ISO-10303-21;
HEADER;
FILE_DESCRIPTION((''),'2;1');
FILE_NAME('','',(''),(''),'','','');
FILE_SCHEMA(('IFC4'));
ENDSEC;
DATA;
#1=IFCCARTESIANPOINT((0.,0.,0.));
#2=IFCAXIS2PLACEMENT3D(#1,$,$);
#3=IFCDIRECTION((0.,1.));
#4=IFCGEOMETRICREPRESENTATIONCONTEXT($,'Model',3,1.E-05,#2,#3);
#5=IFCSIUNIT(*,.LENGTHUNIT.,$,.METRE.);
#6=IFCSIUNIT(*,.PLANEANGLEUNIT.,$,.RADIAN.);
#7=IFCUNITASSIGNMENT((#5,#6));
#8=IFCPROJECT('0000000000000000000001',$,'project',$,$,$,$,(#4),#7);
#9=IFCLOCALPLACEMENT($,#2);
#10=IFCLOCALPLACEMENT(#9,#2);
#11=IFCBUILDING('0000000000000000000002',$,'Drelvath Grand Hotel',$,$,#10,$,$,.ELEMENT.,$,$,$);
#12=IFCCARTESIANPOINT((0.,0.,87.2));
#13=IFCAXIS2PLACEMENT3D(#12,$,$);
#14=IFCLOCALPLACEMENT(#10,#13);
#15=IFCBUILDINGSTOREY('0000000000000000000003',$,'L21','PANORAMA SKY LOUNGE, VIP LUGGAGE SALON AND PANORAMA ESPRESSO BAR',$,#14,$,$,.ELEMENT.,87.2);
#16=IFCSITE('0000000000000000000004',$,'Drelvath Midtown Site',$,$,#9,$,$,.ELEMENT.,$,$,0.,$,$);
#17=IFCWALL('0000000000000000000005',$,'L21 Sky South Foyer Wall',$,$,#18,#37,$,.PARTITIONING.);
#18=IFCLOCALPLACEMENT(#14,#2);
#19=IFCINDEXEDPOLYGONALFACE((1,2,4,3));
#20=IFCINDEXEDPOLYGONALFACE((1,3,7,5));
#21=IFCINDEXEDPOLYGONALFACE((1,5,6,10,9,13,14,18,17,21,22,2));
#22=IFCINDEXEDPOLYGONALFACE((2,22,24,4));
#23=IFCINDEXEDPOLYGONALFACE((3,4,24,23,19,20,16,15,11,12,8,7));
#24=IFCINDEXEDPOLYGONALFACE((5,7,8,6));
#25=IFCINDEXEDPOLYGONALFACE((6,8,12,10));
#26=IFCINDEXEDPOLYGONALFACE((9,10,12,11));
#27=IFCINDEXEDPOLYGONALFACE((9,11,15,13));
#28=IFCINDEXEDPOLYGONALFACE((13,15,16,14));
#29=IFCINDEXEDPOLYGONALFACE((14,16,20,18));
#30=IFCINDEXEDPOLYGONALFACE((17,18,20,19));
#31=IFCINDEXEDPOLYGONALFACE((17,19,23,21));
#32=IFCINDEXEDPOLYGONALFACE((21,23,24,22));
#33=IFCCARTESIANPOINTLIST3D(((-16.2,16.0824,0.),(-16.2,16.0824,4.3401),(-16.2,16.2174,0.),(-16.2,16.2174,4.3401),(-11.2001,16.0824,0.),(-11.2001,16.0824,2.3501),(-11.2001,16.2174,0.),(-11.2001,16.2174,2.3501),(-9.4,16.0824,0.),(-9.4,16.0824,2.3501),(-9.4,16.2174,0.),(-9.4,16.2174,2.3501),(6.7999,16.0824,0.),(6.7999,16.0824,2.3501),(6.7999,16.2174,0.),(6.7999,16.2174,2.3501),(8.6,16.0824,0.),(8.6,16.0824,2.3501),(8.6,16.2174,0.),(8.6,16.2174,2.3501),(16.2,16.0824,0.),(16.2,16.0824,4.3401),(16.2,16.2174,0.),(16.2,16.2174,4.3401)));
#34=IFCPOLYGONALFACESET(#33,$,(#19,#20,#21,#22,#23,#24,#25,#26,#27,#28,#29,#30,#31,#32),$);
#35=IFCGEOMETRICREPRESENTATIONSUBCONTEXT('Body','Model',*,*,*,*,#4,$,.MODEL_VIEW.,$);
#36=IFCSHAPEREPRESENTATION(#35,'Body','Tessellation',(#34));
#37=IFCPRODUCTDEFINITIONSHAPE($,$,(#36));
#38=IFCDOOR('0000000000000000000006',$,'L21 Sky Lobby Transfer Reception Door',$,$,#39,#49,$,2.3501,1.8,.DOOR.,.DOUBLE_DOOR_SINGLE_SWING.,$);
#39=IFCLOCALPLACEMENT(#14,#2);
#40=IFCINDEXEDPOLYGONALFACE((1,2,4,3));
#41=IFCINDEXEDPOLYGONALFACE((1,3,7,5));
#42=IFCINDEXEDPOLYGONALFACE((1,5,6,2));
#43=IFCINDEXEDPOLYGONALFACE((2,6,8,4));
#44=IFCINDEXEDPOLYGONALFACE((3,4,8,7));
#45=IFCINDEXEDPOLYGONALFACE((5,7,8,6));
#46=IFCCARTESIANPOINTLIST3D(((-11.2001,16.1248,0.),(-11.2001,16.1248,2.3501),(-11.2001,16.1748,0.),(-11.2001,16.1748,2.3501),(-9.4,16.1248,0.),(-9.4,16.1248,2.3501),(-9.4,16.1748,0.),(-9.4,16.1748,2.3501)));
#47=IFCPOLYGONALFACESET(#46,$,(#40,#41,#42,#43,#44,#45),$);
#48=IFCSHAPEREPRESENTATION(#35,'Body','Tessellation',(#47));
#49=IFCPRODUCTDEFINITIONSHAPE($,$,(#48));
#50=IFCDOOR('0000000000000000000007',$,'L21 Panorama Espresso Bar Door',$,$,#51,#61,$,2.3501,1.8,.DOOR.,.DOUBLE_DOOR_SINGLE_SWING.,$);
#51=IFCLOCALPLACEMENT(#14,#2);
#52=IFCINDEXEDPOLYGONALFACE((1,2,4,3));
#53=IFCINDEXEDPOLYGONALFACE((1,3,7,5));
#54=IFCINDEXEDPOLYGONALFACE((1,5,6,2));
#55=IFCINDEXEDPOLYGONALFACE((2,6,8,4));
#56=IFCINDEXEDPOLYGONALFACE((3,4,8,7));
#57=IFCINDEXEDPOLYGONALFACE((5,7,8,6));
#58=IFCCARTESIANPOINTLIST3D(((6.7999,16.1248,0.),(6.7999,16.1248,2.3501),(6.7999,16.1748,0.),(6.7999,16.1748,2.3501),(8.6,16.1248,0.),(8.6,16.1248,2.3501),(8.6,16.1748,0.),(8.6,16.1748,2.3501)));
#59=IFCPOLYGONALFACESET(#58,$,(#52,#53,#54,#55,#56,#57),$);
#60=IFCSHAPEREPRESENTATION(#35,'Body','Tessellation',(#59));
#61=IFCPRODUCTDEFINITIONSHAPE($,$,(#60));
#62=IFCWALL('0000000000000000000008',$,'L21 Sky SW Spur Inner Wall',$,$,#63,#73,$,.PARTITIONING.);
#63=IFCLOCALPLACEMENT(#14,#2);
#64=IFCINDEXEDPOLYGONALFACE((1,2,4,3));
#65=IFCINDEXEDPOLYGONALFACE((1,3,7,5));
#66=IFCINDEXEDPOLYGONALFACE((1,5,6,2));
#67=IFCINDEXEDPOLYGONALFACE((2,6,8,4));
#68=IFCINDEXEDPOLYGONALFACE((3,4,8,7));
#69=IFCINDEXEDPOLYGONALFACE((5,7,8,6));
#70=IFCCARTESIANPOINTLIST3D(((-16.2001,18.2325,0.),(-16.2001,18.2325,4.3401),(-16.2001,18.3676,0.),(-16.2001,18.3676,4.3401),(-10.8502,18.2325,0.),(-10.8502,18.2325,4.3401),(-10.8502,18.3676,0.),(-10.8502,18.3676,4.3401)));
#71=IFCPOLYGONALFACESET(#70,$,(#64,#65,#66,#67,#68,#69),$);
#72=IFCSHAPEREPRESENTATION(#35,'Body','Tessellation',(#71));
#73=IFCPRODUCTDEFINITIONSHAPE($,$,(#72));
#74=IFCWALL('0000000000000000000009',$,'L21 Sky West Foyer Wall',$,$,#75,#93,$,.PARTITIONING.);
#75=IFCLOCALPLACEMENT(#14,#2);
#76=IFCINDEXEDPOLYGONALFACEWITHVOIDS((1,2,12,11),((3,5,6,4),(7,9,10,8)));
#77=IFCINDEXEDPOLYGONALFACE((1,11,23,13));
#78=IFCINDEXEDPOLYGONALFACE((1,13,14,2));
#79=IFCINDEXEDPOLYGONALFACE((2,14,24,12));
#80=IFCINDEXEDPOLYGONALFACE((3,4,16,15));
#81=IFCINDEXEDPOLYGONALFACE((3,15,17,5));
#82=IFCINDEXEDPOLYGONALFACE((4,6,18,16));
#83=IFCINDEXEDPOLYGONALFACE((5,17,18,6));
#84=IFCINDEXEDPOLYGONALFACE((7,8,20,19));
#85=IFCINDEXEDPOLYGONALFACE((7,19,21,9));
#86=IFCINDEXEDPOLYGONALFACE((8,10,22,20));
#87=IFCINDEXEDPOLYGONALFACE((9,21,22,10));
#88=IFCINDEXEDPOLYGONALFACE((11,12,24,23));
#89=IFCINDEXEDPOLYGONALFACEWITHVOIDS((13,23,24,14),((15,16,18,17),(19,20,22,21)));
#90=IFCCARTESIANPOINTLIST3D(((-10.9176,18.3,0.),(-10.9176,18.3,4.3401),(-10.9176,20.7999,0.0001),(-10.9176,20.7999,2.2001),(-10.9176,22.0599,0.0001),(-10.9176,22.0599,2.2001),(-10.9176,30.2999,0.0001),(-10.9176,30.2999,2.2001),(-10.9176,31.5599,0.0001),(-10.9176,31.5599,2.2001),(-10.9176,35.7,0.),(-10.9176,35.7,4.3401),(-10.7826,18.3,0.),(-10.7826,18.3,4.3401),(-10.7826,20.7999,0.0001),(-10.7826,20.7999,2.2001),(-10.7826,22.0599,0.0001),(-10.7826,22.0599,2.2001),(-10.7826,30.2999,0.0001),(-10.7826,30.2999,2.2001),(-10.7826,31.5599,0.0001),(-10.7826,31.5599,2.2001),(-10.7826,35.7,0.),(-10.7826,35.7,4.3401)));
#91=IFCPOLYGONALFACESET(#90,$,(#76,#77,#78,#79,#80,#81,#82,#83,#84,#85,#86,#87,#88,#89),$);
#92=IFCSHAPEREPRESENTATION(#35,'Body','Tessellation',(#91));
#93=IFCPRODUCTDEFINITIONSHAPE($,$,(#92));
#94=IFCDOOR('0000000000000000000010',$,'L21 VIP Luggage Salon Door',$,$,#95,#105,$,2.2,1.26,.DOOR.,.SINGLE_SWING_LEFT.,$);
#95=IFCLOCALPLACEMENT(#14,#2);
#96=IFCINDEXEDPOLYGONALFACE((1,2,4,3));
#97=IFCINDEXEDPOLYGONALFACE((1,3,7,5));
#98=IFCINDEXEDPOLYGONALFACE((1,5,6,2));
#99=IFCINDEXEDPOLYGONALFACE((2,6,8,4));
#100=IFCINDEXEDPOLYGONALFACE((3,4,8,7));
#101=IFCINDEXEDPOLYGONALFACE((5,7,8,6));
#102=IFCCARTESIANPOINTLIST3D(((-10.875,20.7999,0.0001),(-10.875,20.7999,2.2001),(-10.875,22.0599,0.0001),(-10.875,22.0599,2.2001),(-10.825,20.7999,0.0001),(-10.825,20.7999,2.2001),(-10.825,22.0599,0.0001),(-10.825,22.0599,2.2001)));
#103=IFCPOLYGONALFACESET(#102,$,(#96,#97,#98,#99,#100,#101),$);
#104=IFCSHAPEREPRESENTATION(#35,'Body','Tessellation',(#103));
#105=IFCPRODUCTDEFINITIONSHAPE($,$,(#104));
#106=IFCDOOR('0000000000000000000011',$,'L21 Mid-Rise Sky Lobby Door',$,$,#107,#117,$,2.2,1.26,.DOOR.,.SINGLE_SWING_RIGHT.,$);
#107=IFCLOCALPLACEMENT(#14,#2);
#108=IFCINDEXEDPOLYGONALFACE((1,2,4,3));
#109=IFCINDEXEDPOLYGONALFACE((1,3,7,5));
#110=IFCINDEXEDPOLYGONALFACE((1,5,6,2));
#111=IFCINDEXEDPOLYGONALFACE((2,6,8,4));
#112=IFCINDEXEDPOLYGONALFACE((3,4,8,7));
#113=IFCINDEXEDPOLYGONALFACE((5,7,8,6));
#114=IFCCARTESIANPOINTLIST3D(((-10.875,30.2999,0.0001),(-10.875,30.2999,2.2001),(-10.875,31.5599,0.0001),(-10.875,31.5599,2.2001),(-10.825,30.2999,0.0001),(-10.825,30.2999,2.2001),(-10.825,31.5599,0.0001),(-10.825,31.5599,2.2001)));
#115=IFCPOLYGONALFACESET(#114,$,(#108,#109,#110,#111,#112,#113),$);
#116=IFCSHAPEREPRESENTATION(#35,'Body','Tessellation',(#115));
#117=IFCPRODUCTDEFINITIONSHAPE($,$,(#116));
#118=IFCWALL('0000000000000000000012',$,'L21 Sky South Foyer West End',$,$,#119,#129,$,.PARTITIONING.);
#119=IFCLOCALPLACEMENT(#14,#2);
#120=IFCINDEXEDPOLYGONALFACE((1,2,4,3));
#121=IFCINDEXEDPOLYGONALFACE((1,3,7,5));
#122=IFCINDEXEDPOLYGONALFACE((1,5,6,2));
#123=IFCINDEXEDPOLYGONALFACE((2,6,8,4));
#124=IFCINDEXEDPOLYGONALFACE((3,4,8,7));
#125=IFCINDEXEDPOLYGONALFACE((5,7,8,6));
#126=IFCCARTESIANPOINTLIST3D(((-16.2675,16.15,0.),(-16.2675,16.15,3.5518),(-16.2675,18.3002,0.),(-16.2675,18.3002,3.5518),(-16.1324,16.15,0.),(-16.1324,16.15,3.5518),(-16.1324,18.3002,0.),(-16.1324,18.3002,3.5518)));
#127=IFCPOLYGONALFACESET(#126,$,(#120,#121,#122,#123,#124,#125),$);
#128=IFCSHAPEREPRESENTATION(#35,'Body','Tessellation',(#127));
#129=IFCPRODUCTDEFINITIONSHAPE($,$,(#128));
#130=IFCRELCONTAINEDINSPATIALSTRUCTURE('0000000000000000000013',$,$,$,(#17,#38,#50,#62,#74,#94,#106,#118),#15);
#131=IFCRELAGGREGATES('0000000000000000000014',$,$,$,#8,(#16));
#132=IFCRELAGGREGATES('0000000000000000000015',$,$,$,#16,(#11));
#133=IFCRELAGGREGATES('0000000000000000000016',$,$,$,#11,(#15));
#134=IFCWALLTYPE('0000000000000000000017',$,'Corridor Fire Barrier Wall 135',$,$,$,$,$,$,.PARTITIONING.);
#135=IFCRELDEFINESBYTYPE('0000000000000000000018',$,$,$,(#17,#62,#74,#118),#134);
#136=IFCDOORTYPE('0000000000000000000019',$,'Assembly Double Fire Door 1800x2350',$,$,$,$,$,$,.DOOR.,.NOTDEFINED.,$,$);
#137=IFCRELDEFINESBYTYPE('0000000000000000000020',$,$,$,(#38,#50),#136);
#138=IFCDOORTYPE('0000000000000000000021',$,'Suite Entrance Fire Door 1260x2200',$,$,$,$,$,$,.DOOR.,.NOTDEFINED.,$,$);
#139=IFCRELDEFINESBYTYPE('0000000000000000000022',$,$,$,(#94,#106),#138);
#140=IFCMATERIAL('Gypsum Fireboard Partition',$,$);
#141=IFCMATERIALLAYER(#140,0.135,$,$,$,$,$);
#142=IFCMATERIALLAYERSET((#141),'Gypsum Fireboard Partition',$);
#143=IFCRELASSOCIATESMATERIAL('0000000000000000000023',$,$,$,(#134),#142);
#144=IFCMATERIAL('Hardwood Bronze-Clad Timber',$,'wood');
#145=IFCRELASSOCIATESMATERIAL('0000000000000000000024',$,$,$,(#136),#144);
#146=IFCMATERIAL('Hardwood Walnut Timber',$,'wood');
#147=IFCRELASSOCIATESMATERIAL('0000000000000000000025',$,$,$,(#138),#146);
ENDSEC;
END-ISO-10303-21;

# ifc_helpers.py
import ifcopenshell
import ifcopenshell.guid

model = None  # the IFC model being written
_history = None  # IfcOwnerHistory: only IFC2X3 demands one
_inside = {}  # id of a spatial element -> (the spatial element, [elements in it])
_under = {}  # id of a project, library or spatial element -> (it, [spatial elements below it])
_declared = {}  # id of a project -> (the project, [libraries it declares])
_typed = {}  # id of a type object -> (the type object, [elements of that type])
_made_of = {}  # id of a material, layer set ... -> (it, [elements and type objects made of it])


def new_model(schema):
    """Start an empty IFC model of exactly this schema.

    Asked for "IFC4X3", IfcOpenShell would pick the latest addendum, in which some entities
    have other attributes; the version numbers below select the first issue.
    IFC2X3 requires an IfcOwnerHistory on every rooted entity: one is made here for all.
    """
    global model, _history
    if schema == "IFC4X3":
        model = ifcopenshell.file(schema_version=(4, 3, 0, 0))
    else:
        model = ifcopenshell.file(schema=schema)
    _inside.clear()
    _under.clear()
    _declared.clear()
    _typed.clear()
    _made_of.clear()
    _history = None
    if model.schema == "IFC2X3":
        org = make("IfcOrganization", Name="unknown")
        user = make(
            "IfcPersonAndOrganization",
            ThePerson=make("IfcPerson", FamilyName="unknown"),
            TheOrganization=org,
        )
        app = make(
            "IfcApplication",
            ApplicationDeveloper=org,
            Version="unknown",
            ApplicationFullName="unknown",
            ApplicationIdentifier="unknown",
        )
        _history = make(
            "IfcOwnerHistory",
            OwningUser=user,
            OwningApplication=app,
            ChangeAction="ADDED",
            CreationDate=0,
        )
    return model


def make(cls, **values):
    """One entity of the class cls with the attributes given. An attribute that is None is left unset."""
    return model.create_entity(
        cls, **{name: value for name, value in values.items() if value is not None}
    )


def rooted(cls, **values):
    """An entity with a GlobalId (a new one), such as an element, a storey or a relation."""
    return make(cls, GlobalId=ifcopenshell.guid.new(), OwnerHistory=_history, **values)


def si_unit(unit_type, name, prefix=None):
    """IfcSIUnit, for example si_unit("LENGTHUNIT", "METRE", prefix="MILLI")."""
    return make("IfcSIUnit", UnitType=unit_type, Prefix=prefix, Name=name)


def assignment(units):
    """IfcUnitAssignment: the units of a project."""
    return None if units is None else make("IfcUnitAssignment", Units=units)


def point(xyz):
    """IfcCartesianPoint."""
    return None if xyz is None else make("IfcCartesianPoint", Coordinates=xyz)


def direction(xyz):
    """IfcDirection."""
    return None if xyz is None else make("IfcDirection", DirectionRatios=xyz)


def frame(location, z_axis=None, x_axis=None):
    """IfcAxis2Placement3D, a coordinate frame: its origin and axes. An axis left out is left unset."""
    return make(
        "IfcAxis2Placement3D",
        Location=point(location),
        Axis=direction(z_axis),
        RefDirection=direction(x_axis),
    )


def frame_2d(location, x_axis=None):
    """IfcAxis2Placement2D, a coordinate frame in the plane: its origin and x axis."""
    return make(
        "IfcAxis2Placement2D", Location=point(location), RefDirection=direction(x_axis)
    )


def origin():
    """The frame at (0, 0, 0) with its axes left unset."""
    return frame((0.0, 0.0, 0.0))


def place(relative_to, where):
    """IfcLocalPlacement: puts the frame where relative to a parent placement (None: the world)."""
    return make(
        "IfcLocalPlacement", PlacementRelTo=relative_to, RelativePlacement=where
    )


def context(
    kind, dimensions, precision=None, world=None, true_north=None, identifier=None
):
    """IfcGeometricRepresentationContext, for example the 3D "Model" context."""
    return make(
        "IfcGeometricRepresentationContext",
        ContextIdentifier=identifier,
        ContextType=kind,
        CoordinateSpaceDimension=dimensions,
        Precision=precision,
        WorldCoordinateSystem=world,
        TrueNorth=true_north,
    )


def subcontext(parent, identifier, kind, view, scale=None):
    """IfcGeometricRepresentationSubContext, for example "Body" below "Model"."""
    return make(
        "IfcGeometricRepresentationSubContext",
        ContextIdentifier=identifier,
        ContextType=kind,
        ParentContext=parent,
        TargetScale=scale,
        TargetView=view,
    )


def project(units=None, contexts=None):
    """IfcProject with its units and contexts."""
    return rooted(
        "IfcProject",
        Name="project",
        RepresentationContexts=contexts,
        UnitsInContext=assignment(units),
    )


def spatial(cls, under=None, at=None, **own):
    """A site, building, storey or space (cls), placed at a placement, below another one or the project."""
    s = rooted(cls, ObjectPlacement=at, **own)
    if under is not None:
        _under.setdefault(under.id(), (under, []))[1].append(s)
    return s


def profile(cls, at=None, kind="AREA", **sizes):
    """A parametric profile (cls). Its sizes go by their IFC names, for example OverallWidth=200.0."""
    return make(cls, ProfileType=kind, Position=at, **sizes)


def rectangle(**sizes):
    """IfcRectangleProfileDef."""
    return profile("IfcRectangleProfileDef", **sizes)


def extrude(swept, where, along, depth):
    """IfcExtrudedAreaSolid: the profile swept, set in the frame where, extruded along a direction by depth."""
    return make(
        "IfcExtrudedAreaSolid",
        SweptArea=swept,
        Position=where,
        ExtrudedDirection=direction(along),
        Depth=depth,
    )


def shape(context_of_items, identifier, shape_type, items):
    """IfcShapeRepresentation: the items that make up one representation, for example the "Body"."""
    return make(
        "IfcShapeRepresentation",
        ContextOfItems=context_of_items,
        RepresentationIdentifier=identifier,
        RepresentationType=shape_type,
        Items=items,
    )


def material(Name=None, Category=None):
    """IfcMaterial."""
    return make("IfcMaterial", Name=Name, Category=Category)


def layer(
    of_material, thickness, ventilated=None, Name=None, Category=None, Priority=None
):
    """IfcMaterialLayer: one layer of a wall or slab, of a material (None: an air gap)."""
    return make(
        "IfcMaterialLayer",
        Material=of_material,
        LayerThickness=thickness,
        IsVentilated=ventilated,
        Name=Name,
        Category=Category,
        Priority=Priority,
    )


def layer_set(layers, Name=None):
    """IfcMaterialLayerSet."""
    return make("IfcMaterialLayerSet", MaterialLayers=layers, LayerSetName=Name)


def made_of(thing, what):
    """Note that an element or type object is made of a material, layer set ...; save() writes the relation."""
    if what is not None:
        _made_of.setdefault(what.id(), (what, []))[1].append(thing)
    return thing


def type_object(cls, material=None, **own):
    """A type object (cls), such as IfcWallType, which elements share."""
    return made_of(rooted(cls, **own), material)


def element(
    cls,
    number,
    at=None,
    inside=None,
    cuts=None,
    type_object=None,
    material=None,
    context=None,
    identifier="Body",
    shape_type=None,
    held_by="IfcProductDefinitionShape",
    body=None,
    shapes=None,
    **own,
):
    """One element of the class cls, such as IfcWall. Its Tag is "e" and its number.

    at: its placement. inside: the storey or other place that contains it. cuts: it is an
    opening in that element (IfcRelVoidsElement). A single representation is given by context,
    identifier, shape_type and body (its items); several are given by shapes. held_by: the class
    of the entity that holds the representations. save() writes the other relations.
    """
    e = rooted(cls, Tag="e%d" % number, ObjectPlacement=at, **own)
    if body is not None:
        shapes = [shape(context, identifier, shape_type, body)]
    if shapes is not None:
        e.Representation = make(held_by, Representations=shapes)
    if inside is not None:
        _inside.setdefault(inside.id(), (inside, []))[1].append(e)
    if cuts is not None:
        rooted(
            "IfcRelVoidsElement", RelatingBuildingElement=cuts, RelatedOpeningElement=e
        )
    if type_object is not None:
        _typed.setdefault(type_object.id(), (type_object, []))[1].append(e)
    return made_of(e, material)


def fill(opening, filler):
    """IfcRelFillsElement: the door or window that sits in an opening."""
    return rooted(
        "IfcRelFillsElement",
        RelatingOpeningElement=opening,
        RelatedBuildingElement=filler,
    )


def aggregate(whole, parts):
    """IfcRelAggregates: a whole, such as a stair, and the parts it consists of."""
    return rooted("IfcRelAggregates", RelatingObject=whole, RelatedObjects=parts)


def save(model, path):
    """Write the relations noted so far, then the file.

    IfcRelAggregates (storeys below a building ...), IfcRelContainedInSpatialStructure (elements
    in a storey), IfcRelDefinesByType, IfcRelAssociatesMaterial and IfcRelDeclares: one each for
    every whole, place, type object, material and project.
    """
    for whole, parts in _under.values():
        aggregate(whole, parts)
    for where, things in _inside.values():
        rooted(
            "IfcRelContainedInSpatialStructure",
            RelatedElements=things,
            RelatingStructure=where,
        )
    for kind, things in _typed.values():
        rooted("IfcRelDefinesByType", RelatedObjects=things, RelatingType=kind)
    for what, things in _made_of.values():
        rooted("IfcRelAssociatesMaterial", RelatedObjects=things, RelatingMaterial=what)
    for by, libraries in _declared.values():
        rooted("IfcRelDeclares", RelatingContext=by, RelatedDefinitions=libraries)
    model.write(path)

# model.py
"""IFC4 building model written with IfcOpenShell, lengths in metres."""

from ifc_helpers import new_model, si_unit, direction, frame, frame_2d, origin, place, context, subcontext, project, spatial, rectangle, extrude, material, layer, layer_set, type_object, element, fill, save


model = new_model("IFC4")

# Units and contexts
model_context = context("Model", 3, precision=1e-05, world=origin(), true_north=direction((0.0, 1.0)))
body_context = subcontext(model_context, "Body", "Model", "MODEL_VIEW")
ifc_project = project(units=[si_unit("LENGTHUNIT", "METRE"), si_unit("PLANEANGLEUNIT", "RADIAN")], contexts=[model_context])

# Site, building, storey
site_placement = place(None, origin())
site = spatial("IfcSite", under=ifc_project, at=site_placement, Name="Drelvath Midtown Site", CompositionType="ELEMENT", RefElevation=0.0)
building_placement = place(site_placement, origin())
building = spatial("IfcBuilding", under=site, at=building_placement, Name="Drelvath Grand Hotel", CompositionType="ELEMENT")
storey_placement = place(building_placement, frame((0.0, 0.0, 87.2)))
storey = spatial("IfcBuildingStorey", under=building, at=storey_placement, Name="L21", Description="PANORAMA SKY LOUNGE, VIP LUGGAGE SALON AND PANORAMA ESPRESSO BAR", CompositionType="ELEMENT", Elevation=87.2)

# Shared definitions
ifc_material_1 = material(Name="Gypsum Fireboard Partition")

# Wall, openings, doors
ifc_layer_1 = layer(ifc_material_1, 0.135)
ifc_layer_set_1 = layer_set([ifc_layer_1], Name="Gypsum Fireboard Partition")
wall_type_1 = type_object("IfcWallType", Name="Corridor Fire Barrier Wall 135", PredefinedType="PARTITIONING", material=ifc_layer_set_1)
wall_1_placement = place(storey_placement, frame((-16.2, 16.1499, 0.0), z_axis=(0.0, 0.0, 1.0), x_axis=(1.0, 0.0, 0.0)))
wall_1 = element("IfcWall", 1, at=wall_1_placement, inside=storey, type_object=wall_type_1, Name="L21 Sky South Foyer Wall", PredefinedType="PARTITIONING", context=body_context, shape_type="SweptSolid", body=[
    extrude(rectangle(XDim=32.3999, YDim=0.135, at=frame_2d((16.2, 0.0))), origin(), (0.0, 0.0, 1.0), 4.3401),
])
opening_1_placement = place(wall_1_placement, frame((5.0, 0.0, 0.0)))
opening_1 = element("IfcOpeningElement", 2, at=opening_1_placement, cuts=wall_1, PredefinedType="OPENING", context=body_context, shape_type="SweptSolid", body=[
    extrude(rectangle(XDim=1.8, YDim=2.3501, at=frame_2d((0.8999, 1.175))), frame((0.0, 0.0774, 0.0), z_axis=(0.0, -1.0, 0.0), x_axis=(1.0, 0.0, 0.0)), (0.0, 0.0, 1.0), 0.155),
])
opening_2_placement = place(wall_1_placement, frame((23.0, 0.0, 0.0)))
opening_2 = element("IfcOpeningElement", 3, at=opening_2_placement, cuts=wall_1, PredefinedType="OPENING", context=body_context, shape_type="SweptSolid", body=[
    extrude(rectangle(XDim=1.8, YDim=2.3501, at=frame_2d((0.8999, 1.175))), frame((0.0, 0.0774, 0.0), z_axis=(0.0, -1.0, 0.0), x_axis=(1.0, 0.0, 0.0)), (0.0, 0.0, 1.0), 0.155),
])
ifc_material_2 = material(Name="Hardwood Bronze-Clad Timber", Category="wood")
door_type_1 = type_object("IfcDoorType", Name="Assembly Double Fire Door 1800x2350", OperationType="NOTDEFINED", PredefinedType="DOOR", material=ifc_material_2)
door_1_placement = place(opening_1_placement, origin())
door_1 = element("IfcDoor", 4, at=door_1_placement, inside=storey, type_object=door_type_1, Name="L21 Sky Lobby Transfer Reception Door", OperationType="DOUBLE_DOOR_SINGLE_SWING", OverallHeight=2.3501, OverallWidth=1.8, PredefinedType="DOOR", context=body_context, shape_type="SweptSolid", body=[
    extrude(rectangle(XDim=1.8, YDim=2.3501, at=frame_2d((0.8999, 1.175))), frame((0.0, 0.0249, 0.0), z_axis=(0.0, -1.0, 0.0), x_axis=(1.0, 0.0, 0.0)), (0.0, 0.0, 1.0), 0.05),
])
fill(opening_1, door_1)
door_2_placement = place(opening_2_placement, origin())
door_2 = element("IfcDoor", 5, at=door_2_placement, inside=storey, type_object=door_type_1, Name="L21 Panorama Espresso Bar Door", OperationType="DOUBLE_DOOR_SINGLE_SWING", OverallHeight=2.3501, OverallWidth=1.8, PredefinedType="DOOR", context=body_context, shape_type="SweptSolid", body=[
    extrude(rectangle(XDim=1.8, YDim=2.3501, at=frame_2d((0.8999, 1.175))), frame((0.0, 0.0249, 0.0), z_axis=(0.0, -1.0, 0.0), x_axis=(1.0, 0.0, 0.0)), (0.0, 0.0, 1.0), 0.05),
])
fill(opening_2, door_2)

# Wall
wall_2_placement = place(storey_placement, frame((-16.2, 18.3, 0.0), z_axis=(0.0, 0.0, 1.0), x_axis=(1.0, 0.0, 0.0)))
element("IfcWall", 6, at=wall_2_placement, inside=storey, type_object=wall_type_1, Name="L21 Sky SW Spur Inner Wall", PredefinedType="PARTITIONING", context=body_context, shape_type="SweptSolid", body=[
    extrude(rectangle(XDim=5.3499, YDim=0.135, at=frame_2d((2.6748, 0.0))), origin(), (0.0, 0.0, 1.0), 4.3401),
])

# Wall, openings, doors
wall_3_placement = place(storey_placement, frame((-10.8501, 18.3, 0.0), z_axis=(0.0, 0.0, 1.0), x_axis=(0.0, 1.0, 0.0)))
wall_3 = element("IfcWall", 7, at=wall_3_placement, inside=storey, type_object=wall_type_1, Name="L21 Sky West Foyer Wall", PredefinedType="PARTITIONING", context=body_context, shape_type="SweptSolid", body=[
    extrude(rectangle(XDim=17.3999, YDim=0.135, at=frame_2d((8.7, 0.0))), origin(), (0.0, 0.0, 1.0), 4.3401),
])
opening_3_placement = place(wall_3_placement, frame((2.5, 0.0, 0.0)))
opening_3 = element("IfcOpeningElement", 8, at=opening_3_placement, cuts=wall_3, PredefinedType="OPENING", context=body_context, shape_type="SweptSolid", body=[
    extrude(rectangle(XDim=1.26, YDim=2.2, at=frame_2d((0.6299, 1.1001))), frame((0.0, 0.0774, 0.0), z_axis=(0.0, -1.0, 0.0), x_axis=(1.0, 0.0, 0.0)), (0.0, 0.0, 1.0), 0.155),
])
opening_4_placement = place(wall_3_placement, frame((12.0, 0.0, 0.0)))
opening_4 = element("IfcOpeningElement", 9, at=opening_4_placement, cuts=wall_3, PredefinedType="OPENING", context=body_context, shape_type="SweptSolid", body=[
    extrude(rectangle(XDim=1.26, YDim=2.2, at=frame_2d((0.6299, 1.1001))), frame((0.0, 0.0774, 0.0), z_axis=(0.0, -1.0, 0.0), x_axis=(1.0, 0.0, 0.0)), (0.0, 0.0, 1.0), 0.155),
])
ifc_material_3 = material(Name="Hardwood Walnut Timber", Category="wood")
door_type_2 = type_object("IfcDoorType", Name="Suite Entrance Fire Door 1260x2200", OperationType="NOTDEFINED", PredefinedType="DOOR", material=ifc_material_3)
door_3_placement = place(opening_3_placement, origin())
door_3 = element("IfcDoor", 10, at=door_3_placement, inside=storey, type_object=door_type_2, Name="L21 VIP Luggage Salon Door", OperationType="SINGLE_SWING_LEFT", OverallHeight=2.2, OverallWidth=1.26, PredefinedType="DOOR", context=body_context, shape_type="SweptSolid", body=[
    extrude(rectangle(XDim=1.26, YDim=2.2, at=frame_2d((0.6299, 1.1001))), frame((0.0, 0.0249, 0.0), z_axis=(0.0, -1.0, 0.0), x_axis=(1.0, 0.0, 0.0)), (0.0, 0.0, 1.0), 0.05),
])
fill(opening_3, door_3)
door_4_placement = place(opening_4_placement, origin())
door_4 = element("IfcDoor", 11, at=door_4_placement, inside=storey, type_object=door_type_2, Name="L21 Mid-Rise Sky Lobby Door", OperationType="SINGLE_SWING_RIGHT", OverallHeight=2.2, OverallWidth=1.26, PredefinedType="DOOR", context=body_context, shape_type="SweptSolid", body=[
    extrude(rectangle(XDim=1.26, YDim=2.2, at=frame_2d((0.6299, 1.1001))), frame((0.0, 0.0249, 0.0), z_axis=(0.0, -1.0, 0.0), x_axis=(1.0, 0.0, 0.0)), (0.0, 0.0, 1.0), 0.05),
])
fill(opening_4, door_4)

# Wall
wall_4_placement = place(storey_placement, frame((-16.2, 16.1499, 0.0), z_axis=(0.0, 0.0, 1.0), x_axis=(0.0, 1.0, 0.0)))
element("IfcWall", 12, at=wall_4_placement, inside=storey, type_object=wall_type_1, Name="L21 Sky South Foyer West End", PredefinedType="PARTITIONING", context=body_context, shape_type="SweptSolid", body=[
    extrude(rectangle(XDim=2.1501, YDim=0.135, at=frame_2d((1.0752, 0.0))), origin(), (0.0, 0.0, 1.0), 3.5518),
])

save(model, "model.ifc")
